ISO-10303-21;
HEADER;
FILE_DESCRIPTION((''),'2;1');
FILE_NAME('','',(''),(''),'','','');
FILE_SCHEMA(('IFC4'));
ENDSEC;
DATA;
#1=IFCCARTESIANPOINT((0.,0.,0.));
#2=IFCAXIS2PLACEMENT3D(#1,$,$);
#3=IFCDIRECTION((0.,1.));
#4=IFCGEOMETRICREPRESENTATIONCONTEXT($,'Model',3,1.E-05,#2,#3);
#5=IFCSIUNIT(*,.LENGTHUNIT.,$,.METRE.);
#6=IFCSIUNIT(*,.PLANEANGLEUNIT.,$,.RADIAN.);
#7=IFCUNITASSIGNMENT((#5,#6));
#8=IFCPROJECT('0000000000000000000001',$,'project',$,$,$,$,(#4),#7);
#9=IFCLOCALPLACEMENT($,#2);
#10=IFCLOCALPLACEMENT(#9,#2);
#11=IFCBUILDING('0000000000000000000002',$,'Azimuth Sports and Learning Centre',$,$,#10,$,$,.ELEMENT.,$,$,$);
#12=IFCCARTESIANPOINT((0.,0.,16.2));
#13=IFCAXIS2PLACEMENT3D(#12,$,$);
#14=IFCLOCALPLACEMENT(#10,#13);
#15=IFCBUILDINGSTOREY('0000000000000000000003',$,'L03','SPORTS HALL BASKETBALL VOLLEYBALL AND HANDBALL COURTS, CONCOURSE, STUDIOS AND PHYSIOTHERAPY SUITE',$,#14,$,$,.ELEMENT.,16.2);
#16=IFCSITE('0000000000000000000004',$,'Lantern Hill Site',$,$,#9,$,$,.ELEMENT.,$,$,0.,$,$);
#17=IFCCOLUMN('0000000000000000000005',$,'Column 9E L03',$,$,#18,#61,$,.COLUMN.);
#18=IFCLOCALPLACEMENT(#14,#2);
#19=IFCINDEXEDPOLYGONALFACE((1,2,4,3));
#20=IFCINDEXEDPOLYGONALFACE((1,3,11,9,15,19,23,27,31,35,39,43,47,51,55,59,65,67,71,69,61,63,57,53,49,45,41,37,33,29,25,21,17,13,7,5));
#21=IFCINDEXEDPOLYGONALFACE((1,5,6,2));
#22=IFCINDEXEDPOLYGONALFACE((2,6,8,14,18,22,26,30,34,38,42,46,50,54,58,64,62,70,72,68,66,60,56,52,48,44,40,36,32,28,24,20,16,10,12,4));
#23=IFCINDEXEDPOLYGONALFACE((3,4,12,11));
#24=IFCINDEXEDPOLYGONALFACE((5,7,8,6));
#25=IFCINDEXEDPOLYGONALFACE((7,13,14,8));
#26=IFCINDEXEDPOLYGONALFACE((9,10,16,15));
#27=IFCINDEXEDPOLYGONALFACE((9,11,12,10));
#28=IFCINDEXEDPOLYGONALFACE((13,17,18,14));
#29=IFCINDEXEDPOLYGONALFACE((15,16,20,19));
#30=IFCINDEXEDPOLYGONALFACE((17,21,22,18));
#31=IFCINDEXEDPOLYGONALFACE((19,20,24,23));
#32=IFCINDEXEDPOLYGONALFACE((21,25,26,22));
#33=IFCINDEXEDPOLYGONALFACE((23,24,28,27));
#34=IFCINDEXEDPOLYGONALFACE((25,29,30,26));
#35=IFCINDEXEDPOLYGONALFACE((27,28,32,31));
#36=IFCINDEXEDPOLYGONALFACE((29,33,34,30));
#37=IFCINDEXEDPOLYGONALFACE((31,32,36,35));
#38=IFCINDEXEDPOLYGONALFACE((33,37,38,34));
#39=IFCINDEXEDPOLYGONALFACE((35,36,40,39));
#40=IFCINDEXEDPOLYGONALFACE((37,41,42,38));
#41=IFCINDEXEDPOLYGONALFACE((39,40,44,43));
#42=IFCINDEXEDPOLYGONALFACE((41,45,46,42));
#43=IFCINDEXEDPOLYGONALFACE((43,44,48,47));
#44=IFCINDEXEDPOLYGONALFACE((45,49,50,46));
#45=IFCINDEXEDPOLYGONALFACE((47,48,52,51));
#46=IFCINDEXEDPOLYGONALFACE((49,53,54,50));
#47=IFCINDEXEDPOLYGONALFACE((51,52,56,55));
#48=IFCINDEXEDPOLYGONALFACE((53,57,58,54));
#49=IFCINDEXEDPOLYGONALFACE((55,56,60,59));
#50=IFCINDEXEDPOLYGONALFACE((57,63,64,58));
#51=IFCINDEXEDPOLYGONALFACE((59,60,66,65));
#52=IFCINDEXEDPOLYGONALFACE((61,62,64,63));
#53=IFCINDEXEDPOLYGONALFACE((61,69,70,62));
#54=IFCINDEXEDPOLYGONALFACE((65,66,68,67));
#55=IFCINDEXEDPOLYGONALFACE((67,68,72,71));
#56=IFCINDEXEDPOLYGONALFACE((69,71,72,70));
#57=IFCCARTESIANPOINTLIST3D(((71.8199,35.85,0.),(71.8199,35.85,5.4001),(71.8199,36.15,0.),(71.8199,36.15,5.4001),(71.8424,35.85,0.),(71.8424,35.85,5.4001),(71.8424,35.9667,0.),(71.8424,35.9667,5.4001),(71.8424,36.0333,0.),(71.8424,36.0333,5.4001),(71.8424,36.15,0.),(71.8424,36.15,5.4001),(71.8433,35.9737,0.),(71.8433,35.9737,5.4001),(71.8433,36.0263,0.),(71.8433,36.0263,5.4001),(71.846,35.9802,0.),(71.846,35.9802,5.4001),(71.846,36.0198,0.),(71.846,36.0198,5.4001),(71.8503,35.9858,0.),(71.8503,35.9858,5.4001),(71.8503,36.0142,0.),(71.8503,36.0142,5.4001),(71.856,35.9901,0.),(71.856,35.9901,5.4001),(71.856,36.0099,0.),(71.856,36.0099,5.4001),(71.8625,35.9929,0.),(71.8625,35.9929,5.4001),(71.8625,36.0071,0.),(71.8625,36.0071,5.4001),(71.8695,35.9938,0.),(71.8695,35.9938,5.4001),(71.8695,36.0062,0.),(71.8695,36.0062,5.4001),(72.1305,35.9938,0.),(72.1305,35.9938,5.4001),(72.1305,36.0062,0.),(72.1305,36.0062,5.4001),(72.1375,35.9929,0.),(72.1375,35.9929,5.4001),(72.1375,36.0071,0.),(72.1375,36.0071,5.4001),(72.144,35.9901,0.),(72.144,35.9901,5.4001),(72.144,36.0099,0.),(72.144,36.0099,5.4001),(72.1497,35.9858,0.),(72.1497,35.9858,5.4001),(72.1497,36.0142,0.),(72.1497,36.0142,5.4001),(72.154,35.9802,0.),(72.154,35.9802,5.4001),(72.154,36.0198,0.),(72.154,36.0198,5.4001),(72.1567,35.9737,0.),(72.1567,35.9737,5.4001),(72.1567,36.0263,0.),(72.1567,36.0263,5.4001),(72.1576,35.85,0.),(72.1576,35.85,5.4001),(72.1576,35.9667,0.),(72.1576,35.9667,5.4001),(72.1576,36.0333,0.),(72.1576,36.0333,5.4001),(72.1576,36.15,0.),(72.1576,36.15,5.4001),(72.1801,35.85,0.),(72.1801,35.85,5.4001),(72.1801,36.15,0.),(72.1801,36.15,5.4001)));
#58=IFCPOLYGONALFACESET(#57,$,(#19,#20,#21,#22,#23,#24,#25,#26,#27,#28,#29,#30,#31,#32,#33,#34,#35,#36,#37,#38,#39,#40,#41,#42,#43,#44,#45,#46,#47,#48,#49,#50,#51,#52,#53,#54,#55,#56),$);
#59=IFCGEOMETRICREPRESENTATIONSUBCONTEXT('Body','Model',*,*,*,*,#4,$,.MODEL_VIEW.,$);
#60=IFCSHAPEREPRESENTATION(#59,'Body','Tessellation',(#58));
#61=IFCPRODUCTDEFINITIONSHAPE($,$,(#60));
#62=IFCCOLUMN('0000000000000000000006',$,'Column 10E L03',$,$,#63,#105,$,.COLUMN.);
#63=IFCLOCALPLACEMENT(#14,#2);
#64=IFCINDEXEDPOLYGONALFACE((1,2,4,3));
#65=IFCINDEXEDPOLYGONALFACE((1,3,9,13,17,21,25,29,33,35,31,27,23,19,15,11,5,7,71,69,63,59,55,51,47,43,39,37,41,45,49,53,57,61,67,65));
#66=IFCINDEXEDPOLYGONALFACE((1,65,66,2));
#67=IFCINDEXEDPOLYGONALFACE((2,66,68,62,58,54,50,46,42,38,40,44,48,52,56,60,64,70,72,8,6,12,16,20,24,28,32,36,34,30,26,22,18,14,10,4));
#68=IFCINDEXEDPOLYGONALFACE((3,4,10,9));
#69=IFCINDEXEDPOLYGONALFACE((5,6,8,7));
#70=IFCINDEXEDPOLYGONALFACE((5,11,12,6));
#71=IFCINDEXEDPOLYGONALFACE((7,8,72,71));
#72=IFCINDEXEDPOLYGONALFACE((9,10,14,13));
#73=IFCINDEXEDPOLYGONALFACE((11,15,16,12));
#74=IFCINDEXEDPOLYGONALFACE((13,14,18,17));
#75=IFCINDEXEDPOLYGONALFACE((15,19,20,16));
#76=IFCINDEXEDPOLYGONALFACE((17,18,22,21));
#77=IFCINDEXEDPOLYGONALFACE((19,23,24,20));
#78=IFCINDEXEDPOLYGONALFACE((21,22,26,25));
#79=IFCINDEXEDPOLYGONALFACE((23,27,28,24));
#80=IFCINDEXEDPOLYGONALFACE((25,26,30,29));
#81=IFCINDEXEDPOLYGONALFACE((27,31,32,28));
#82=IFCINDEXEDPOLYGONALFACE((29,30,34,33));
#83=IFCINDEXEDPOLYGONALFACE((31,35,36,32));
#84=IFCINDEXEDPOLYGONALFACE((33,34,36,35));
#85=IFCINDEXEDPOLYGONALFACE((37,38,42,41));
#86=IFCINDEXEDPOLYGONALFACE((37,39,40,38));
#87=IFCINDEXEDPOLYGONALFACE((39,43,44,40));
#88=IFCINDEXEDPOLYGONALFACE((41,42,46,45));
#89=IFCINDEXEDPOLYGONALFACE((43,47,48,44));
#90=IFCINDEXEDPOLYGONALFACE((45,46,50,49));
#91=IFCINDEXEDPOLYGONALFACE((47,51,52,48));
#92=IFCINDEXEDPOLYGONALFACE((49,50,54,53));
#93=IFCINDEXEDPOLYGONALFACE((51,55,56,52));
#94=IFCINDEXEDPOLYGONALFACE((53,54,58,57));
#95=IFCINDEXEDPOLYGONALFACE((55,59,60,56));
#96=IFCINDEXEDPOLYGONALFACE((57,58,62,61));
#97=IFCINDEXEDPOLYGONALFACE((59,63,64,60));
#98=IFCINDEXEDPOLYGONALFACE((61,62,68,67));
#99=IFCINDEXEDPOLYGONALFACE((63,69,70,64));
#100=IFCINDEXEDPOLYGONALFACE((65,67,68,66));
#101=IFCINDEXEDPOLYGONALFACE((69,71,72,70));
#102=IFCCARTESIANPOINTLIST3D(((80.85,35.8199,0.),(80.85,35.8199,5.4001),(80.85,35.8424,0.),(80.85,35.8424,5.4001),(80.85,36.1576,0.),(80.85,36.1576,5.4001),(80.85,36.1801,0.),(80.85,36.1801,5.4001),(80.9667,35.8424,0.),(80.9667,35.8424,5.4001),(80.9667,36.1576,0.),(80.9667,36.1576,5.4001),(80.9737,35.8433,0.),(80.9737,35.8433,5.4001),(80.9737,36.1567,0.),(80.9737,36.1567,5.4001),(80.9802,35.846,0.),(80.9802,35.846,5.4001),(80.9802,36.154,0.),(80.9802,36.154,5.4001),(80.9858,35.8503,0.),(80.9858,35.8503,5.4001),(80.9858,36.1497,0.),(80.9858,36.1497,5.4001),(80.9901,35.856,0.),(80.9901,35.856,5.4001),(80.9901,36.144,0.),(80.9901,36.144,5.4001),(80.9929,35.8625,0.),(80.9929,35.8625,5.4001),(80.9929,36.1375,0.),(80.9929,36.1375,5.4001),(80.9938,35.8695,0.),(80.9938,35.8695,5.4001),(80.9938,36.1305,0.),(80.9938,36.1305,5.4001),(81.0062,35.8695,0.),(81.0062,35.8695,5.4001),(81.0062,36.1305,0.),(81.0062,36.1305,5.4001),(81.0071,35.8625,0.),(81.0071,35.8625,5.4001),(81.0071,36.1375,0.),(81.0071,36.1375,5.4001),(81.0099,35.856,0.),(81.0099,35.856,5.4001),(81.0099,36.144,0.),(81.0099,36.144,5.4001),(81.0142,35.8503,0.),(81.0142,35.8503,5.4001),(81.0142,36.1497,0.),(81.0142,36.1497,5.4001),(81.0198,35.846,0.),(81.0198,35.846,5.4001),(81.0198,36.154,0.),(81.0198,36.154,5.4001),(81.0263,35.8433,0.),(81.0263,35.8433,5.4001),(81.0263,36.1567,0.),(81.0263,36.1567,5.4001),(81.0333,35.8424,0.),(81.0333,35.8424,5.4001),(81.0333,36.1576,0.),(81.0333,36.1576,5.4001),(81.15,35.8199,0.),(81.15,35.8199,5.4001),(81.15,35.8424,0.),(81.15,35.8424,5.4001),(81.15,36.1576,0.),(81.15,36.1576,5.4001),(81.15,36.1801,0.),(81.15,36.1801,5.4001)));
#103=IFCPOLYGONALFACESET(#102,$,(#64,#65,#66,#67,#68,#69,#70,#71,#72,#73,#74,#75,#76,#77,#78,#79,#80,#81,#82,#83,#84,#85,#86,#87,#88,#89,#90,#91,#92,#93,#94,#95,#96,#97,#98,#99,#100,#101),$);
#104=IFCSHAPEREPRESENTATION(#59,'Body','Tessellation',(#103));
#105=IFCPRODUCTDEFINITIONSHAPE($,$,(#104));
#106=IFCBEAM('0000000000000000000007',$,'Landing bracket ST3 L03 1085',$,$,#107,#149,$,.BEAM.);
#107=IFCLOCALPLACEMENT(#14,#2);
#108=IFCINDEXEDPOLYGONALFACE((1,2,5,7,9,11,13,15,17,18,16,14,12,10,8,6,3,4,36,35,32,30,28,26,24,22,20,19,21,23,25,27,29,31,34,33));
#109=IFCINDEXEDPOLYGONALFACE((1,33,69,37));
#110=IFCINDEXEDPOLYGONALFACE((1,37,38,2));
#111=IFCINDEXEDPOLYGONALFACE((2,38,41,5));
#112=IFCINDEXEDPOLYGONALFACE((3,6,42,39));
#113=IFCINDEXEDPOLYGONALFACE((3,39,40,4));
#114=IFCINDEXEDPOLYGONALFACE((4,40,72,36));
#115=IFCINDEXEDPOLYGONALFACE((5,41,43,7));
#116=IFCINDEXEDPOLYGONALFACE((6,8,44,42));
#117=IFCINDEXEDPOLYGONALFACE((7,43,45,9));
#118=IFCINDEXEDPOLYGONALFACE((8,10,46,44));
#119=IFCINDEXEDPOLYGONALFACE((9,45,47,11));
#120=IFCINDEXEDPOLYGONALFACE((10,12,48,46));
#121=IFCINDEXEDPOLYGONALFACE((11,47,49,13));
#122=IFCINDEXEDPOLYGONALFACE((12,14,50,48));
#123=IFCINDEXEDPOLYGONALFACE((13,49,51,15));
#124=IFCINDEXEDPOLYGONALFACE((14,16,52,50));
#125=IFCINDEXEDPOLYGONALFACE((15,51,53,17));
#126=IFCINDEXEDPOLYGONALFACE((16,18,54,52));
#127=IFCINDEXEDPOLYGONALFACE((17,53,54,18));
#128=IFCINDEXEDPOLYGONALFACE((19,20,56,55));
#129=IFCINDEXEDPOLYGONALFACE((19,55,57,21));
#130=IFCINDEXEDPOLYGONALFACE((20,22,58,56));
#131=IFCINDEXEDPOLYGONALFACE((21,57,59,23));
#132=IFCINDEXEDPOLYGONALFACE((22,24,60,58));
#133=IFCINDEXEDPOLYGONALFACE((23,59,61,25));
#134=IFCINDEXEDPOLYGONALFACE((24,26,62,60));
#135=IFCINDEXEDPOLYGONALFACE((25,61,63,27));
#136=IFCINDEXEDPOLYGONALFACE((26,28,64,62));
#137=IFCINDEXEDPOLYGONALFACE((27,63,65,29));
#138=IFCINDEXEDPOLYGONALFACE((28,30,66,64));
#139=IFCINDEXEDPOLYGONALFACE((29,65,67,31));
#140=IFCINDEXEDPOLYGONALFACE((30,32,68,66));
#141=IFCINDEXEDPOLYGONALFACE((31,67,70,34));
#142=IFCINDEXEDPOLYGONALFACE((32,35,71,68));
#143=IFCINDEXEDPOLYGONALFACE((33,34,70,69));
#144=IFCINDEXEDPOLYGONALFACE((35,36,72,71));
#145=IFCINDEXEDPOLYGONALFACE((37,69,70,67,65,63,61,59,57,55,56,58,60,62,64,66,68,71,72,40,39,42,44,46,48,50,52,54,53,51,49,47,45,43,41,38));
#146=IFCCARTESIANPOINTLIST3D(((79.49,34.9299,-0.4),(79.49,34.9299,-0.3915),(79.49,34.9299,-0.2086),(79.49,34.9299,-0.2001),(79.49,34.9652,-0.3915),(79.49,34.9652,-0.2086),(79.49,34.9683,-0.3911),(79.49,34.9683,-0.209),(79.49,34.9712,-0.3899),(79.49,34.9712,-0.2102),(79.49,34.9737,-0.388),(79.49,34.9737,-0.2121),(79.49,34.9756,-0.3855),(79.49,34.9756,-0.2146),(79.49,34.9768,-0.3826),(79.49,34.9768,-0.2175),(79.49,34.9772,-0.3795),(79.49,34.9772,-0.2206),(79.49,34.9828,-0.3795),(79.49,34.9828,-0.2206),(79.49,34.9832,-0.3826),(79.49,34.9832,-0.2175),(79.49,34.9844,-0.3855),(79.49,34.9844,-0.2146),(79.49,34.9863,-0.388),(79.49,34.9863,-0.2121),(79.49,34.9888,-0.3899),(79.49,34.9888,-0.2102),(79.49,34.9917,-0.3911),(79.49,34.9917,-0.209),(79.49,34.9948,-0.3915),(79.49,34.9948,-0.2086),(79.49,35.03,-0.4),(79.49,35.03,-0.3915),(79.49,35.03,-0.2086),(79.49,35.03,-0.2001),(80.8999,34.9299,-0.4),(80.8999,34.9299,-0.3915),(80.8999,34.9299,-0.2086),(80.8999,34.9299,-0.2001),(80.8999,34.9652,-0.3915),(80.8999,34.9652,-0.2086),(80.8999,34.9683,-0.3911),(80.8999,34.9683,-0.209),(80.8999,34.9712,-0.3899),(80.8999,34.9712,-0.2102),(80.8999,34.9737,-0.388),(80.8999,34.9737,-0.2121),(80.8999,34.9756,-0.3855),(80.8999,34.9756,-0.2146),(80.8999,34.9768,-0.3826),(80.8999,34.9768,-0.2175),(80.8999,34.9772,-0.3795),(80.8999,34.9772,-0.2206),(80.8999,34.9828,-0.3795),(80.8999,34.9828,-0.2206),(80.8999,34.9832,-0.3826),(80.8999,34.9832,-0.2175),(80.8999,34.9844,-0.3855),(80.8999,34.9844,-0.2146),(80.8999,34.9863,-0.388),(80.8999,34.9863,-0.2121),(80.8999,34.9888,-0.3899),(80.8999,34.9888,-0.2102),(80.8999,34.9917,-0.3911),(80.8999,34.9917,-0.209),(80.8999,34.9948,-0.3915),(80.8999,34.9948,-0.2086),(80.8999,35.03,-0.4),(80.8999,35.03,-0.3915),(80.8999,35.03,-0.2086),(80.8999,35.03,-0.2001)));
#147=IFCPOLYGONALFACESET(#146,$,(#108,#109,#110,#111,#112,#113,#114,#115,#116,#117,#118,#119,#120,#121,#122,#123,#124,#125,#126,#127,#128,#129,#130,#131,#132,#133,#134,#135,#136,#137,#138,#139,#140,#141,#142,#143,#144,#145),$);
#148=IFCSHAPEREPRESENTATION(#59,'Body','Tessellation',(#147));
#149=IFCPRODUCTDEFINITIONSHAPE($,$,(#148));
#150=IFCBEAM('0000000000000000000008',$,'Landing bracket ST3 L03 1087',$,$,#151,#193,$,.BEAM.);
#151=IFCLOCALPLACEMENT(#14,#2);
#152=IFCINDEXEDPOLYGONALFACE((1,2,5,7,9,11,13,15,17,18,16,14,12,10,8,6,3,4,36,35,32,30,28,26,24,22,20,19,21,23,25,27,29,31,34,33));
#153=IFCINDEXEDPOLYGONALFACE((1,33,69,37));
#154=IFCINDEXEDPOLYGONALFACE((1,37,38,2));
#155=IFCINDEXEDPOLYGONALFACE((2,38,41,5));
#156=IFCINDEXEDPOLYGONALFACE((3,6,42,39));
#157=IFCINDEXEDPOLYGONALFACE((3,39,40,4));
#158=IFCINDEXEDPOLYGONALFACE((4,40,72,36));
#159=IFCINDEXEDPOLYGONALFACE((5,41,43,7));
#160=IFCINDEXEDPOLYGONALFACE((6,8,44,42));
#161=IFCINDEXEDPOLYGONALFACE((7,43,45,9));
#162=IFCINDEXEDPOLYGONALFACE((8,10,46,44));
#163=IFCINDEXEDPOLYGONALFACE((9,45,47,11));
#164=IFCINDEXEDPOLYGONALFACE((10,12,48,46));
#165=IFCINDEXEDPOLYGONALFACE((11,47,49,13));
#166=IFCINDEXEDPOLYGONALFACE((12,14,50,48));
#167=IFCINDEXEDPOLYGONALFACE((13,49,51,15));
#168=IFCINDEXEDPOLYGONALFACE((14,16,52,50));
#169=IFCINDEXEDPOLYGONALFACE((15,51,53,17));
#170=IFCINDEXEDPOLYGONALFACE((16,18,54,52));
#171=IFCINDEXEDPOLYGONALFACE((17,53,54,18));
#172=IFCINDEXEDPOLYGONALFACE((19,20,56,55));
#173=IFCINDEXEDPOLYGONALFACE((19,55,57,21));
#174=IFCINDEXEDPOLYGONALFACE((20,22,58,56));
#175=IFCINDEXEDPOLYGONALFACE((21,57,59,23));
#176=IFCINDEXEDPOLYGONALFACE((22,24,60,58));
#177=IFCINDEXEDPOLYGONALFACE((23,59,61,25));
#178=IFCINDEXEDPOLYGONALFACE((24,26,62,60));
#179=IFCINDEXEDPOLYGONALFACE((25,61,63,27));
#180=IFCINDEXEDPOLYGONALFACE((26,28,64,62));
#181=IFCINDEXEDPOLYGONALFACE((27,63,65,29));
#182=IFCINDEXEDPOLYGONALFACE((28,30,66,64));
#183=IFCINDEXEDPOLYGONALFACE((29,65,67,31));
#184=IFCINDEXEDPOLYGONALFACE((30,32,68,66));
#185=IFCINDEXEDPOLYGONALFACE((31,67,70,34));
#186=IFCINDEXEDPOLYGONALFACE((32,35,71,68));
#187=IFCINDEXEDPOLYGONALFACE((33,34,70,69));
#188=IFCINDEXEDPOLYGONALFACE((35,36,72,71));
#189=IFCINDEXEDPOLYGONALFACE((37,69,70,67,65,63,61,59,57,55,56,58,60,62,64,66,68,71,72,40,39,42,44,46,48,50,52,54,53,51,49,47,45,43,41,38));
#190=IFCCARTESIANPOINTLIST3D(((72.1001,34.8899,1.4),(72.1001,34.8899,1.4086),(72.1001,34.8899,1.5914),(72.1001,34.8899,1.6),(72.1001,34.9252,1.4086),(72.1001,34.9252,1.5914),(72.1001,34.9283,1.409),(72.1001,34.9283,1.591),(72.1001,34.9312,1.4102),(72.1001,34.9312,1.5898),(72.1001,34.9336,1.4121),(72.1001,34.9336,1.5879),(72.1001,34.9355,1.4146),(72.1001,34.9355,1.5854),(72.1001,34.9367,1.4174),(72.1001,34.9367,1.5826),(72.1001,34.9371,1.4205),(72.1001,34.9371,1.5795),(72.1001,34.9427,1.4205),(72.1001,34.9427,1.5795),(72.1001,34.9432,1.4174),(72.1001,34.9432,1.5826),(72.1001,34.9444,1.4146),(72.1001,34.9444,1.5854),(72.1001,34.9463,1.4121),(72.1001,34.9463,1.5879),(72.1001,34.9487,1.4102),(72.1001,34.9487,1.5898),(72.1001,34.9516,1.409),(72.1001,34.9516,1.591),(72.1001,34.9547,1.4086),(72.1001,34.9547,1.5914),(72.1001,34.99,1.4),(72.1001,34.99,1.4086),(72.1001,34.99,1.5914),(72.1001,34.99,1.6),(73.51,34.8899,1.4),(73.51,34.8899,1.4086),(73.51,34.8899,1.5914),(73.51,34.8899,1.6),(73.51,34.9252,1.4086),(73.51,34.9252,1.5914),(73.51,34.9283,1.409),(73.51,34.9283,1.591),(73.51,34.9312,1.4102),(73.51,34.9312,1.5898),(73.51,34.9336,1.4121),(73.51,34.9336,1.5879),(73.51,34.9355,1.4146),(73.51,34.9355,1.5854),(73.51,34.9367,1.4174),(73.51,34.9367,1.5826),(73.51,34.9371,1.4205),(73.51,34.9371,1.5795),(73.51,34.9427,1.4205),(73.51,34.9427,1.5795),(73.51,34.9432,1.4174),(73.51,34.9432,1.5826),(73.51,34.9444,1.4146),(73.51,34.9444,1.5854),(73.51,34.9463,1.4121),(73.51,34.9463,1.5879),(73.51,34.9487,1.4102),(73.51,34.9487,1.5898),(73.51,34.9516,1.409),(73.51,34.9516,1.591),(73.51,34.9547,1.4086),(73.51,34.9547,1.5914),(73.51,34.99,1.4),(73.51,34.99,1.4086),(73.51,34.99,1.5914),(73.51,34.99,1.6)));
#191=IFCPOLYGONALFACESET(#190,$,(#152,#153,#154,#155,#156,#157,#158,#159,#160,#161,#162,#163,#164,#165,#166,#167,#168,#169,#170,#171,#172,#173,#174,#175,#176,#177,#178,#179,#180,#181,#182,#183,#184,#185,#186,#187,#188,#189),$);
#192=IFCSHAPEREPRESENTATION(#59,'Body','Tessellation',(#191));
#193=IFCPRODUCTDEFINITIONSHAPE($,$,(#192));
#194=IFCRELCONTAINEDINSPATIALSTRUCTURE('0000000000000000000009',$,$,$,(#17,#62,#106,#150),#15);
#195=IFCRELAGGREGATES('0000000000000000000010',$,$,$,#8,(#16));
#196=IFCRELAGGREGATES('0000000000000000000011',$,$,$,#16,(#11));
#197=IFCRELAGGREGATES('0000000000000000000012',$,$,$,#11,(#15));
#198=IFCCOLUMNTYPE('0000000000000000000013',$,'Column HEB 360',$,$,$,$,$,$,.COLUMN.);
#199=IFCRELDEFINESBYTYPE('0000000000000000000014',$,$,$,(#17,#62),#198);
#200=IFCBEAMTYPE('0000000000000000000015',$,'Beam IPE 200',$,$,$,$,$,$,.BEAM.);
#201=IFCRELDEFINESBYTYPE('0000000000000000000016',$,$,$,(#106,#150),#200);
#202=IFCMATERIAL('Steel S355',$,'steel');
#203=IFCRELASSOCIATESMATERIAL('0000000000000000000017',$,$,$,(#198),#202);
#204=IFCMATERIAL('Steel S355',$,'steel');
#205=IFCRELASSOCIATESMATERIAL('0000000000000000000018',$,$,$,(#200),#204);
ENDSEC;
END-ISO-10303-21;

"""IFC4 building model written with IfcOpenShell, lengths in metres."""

from ifc_helpers import new_model, si_unit, direction, frame, origin, origin_2d, place, context, subcontext, project, spatial, i_section, extrude, material, material_profile, profile_set, type_object, element, save


model = new_model("IFC4")

# Units and contexts
model_context = context("Model", 3, precision=1e-05, world=origin(), true_north=direction((0.0, 1.0)))
body_context = subcontext(model_context, "Body", "Model", "MODEL_VIEW")
ifc_project = project(units=[si_unit("LENGTHUNIT", "METRE"), si_unit("PLANEANGLEUNIT", "RADIAN")], contexts=[model_context])

# Site, building, storey
site_placement = place(None, origin())
site = spatial("IfcSite", under=ifc_project, at=site_placement, Name="Lantern Hill Site", CompositionType="ELEMENT", RefElevation=0.0)
building_placement = place(site_placement, origin())
building = spatial("IfcBuilding", under=site, at=building_placement, Name="Azimuth Sports and Learning Centre", CompositionType="ELEMENT")
storey_placement = place(building_placement, frame((0.0, 0.0, 16.2)))
storey = spatial("IfcBuildingStorey", under=building, at=storey_placement, Name="L03", Description="SPORTS HALL BASKETBALL VOLLEYBALL AND HANDBALL COURTS, CONCOURSE, STUDIOS AND PHYSIOTHERAPY SUITE", CompositionType="ELEMENT", Elevation=16.2)

# Columns
ifc_material_1 = material(Name="Steel S355", Category="steel")
ifc_material_profile_1 = material_profile(ifc_material_1, i_section(OverallWidth=0.3, OverallDepth=0.3601, WebThickness=0.0125, FlangeThickness=0.0225, FilletRadius=0.0271, at=origin_2d()), Name="HEB 360")
ifc_profile_set_1 = profile_set([ifc_material_profile_1], Name="Steel S355")
column_type = type_object("IfcColumnType", Name="Column HEB 360", PredefinedType="COLUMN", material=ifc_profile_set_1)
for number, where, z_axis, x_axis, name in (
    (1, (72.0, 36.0, 0.0), (0.0, 0.0, 1.0), (0.0, 1.0, 0.0), "Column 9E L03"),
    (2, (81.0, 36.0, 0.0), (0.0, 0.0, 1.0), (1.0, 0.0, 0.0), "Column 10E L03"),
):
    element("IfcColumn", number, at=place(storey_placement, frame(where, z_axis=z_axis, x_axis=x_axis)), inside=storey, type_object=column_type, Name=name, PredefinedType="COLUMN", context=body_context, shape_type="SweptSolid", body=[
        extrude(i_section(OverallWidth=0.3, OverallDepth=0.3601, WebThickness=0.0125, FlangeThickness=0.0225, FilletRadius=0.0271, at=origin_2d()), origin(), (0.0, 0.0, 1.0), 5.4001),
    ])

# Beams
ifc_material_2 = material(Name="Steel S355", Category="steel")
ifc_material_profile_2 = material_profile(ifc_material_2, i_section(OverallWidth=0.1001, OverallDepth=0.2, WebThickness=0.0056, FlangeThickness=0.0085, FilletRadius=0.012, at=origin_2d()), Name="IPE 200")
ifc_profile_set_2 = profile_set([ifc_material_profile_2], Name="Steel S355")
beam_type_1 = type_object("IfcBeamType", Name="Beam IPE 200", PredefinedType="BEAM", material=ifc_profile_set_2)
for number, where, z_axis, x_axis, name in (
    (3, (80.8999, 34.98, -0.3), (-1.0, 0.0, 0.0), (0.0, -1.0, 0.0), "Landing bracket ST3 L03 1085"),
    (4, (72.1001, 34.9399, 1.5), (1.0, 0.0, 0.0), (0.0, 1.0, 0.0), "Landing bracket ST3 L03 1087"),
):
    element("IfcBeam", number, at=place(storey_placement, frame(where, z_axis=z_axis, x_axis=x_axis)), inside=storey, type_object=beam_type_1, Name=name, PredefinedType="BEAM", context=body_context, shape_type="SweptSolid", body=[
        extrude(i_section(OverallWidth=0.1001, OverallDepth=0.2, WebThickness=0.0056, FlangeThickness=0.0085, FilletRadius=0.012, at=origin_2d()), origin(), (0.0, 0.0, 1.0), 1.4099),
    ])

save(model, "model.ifc")
